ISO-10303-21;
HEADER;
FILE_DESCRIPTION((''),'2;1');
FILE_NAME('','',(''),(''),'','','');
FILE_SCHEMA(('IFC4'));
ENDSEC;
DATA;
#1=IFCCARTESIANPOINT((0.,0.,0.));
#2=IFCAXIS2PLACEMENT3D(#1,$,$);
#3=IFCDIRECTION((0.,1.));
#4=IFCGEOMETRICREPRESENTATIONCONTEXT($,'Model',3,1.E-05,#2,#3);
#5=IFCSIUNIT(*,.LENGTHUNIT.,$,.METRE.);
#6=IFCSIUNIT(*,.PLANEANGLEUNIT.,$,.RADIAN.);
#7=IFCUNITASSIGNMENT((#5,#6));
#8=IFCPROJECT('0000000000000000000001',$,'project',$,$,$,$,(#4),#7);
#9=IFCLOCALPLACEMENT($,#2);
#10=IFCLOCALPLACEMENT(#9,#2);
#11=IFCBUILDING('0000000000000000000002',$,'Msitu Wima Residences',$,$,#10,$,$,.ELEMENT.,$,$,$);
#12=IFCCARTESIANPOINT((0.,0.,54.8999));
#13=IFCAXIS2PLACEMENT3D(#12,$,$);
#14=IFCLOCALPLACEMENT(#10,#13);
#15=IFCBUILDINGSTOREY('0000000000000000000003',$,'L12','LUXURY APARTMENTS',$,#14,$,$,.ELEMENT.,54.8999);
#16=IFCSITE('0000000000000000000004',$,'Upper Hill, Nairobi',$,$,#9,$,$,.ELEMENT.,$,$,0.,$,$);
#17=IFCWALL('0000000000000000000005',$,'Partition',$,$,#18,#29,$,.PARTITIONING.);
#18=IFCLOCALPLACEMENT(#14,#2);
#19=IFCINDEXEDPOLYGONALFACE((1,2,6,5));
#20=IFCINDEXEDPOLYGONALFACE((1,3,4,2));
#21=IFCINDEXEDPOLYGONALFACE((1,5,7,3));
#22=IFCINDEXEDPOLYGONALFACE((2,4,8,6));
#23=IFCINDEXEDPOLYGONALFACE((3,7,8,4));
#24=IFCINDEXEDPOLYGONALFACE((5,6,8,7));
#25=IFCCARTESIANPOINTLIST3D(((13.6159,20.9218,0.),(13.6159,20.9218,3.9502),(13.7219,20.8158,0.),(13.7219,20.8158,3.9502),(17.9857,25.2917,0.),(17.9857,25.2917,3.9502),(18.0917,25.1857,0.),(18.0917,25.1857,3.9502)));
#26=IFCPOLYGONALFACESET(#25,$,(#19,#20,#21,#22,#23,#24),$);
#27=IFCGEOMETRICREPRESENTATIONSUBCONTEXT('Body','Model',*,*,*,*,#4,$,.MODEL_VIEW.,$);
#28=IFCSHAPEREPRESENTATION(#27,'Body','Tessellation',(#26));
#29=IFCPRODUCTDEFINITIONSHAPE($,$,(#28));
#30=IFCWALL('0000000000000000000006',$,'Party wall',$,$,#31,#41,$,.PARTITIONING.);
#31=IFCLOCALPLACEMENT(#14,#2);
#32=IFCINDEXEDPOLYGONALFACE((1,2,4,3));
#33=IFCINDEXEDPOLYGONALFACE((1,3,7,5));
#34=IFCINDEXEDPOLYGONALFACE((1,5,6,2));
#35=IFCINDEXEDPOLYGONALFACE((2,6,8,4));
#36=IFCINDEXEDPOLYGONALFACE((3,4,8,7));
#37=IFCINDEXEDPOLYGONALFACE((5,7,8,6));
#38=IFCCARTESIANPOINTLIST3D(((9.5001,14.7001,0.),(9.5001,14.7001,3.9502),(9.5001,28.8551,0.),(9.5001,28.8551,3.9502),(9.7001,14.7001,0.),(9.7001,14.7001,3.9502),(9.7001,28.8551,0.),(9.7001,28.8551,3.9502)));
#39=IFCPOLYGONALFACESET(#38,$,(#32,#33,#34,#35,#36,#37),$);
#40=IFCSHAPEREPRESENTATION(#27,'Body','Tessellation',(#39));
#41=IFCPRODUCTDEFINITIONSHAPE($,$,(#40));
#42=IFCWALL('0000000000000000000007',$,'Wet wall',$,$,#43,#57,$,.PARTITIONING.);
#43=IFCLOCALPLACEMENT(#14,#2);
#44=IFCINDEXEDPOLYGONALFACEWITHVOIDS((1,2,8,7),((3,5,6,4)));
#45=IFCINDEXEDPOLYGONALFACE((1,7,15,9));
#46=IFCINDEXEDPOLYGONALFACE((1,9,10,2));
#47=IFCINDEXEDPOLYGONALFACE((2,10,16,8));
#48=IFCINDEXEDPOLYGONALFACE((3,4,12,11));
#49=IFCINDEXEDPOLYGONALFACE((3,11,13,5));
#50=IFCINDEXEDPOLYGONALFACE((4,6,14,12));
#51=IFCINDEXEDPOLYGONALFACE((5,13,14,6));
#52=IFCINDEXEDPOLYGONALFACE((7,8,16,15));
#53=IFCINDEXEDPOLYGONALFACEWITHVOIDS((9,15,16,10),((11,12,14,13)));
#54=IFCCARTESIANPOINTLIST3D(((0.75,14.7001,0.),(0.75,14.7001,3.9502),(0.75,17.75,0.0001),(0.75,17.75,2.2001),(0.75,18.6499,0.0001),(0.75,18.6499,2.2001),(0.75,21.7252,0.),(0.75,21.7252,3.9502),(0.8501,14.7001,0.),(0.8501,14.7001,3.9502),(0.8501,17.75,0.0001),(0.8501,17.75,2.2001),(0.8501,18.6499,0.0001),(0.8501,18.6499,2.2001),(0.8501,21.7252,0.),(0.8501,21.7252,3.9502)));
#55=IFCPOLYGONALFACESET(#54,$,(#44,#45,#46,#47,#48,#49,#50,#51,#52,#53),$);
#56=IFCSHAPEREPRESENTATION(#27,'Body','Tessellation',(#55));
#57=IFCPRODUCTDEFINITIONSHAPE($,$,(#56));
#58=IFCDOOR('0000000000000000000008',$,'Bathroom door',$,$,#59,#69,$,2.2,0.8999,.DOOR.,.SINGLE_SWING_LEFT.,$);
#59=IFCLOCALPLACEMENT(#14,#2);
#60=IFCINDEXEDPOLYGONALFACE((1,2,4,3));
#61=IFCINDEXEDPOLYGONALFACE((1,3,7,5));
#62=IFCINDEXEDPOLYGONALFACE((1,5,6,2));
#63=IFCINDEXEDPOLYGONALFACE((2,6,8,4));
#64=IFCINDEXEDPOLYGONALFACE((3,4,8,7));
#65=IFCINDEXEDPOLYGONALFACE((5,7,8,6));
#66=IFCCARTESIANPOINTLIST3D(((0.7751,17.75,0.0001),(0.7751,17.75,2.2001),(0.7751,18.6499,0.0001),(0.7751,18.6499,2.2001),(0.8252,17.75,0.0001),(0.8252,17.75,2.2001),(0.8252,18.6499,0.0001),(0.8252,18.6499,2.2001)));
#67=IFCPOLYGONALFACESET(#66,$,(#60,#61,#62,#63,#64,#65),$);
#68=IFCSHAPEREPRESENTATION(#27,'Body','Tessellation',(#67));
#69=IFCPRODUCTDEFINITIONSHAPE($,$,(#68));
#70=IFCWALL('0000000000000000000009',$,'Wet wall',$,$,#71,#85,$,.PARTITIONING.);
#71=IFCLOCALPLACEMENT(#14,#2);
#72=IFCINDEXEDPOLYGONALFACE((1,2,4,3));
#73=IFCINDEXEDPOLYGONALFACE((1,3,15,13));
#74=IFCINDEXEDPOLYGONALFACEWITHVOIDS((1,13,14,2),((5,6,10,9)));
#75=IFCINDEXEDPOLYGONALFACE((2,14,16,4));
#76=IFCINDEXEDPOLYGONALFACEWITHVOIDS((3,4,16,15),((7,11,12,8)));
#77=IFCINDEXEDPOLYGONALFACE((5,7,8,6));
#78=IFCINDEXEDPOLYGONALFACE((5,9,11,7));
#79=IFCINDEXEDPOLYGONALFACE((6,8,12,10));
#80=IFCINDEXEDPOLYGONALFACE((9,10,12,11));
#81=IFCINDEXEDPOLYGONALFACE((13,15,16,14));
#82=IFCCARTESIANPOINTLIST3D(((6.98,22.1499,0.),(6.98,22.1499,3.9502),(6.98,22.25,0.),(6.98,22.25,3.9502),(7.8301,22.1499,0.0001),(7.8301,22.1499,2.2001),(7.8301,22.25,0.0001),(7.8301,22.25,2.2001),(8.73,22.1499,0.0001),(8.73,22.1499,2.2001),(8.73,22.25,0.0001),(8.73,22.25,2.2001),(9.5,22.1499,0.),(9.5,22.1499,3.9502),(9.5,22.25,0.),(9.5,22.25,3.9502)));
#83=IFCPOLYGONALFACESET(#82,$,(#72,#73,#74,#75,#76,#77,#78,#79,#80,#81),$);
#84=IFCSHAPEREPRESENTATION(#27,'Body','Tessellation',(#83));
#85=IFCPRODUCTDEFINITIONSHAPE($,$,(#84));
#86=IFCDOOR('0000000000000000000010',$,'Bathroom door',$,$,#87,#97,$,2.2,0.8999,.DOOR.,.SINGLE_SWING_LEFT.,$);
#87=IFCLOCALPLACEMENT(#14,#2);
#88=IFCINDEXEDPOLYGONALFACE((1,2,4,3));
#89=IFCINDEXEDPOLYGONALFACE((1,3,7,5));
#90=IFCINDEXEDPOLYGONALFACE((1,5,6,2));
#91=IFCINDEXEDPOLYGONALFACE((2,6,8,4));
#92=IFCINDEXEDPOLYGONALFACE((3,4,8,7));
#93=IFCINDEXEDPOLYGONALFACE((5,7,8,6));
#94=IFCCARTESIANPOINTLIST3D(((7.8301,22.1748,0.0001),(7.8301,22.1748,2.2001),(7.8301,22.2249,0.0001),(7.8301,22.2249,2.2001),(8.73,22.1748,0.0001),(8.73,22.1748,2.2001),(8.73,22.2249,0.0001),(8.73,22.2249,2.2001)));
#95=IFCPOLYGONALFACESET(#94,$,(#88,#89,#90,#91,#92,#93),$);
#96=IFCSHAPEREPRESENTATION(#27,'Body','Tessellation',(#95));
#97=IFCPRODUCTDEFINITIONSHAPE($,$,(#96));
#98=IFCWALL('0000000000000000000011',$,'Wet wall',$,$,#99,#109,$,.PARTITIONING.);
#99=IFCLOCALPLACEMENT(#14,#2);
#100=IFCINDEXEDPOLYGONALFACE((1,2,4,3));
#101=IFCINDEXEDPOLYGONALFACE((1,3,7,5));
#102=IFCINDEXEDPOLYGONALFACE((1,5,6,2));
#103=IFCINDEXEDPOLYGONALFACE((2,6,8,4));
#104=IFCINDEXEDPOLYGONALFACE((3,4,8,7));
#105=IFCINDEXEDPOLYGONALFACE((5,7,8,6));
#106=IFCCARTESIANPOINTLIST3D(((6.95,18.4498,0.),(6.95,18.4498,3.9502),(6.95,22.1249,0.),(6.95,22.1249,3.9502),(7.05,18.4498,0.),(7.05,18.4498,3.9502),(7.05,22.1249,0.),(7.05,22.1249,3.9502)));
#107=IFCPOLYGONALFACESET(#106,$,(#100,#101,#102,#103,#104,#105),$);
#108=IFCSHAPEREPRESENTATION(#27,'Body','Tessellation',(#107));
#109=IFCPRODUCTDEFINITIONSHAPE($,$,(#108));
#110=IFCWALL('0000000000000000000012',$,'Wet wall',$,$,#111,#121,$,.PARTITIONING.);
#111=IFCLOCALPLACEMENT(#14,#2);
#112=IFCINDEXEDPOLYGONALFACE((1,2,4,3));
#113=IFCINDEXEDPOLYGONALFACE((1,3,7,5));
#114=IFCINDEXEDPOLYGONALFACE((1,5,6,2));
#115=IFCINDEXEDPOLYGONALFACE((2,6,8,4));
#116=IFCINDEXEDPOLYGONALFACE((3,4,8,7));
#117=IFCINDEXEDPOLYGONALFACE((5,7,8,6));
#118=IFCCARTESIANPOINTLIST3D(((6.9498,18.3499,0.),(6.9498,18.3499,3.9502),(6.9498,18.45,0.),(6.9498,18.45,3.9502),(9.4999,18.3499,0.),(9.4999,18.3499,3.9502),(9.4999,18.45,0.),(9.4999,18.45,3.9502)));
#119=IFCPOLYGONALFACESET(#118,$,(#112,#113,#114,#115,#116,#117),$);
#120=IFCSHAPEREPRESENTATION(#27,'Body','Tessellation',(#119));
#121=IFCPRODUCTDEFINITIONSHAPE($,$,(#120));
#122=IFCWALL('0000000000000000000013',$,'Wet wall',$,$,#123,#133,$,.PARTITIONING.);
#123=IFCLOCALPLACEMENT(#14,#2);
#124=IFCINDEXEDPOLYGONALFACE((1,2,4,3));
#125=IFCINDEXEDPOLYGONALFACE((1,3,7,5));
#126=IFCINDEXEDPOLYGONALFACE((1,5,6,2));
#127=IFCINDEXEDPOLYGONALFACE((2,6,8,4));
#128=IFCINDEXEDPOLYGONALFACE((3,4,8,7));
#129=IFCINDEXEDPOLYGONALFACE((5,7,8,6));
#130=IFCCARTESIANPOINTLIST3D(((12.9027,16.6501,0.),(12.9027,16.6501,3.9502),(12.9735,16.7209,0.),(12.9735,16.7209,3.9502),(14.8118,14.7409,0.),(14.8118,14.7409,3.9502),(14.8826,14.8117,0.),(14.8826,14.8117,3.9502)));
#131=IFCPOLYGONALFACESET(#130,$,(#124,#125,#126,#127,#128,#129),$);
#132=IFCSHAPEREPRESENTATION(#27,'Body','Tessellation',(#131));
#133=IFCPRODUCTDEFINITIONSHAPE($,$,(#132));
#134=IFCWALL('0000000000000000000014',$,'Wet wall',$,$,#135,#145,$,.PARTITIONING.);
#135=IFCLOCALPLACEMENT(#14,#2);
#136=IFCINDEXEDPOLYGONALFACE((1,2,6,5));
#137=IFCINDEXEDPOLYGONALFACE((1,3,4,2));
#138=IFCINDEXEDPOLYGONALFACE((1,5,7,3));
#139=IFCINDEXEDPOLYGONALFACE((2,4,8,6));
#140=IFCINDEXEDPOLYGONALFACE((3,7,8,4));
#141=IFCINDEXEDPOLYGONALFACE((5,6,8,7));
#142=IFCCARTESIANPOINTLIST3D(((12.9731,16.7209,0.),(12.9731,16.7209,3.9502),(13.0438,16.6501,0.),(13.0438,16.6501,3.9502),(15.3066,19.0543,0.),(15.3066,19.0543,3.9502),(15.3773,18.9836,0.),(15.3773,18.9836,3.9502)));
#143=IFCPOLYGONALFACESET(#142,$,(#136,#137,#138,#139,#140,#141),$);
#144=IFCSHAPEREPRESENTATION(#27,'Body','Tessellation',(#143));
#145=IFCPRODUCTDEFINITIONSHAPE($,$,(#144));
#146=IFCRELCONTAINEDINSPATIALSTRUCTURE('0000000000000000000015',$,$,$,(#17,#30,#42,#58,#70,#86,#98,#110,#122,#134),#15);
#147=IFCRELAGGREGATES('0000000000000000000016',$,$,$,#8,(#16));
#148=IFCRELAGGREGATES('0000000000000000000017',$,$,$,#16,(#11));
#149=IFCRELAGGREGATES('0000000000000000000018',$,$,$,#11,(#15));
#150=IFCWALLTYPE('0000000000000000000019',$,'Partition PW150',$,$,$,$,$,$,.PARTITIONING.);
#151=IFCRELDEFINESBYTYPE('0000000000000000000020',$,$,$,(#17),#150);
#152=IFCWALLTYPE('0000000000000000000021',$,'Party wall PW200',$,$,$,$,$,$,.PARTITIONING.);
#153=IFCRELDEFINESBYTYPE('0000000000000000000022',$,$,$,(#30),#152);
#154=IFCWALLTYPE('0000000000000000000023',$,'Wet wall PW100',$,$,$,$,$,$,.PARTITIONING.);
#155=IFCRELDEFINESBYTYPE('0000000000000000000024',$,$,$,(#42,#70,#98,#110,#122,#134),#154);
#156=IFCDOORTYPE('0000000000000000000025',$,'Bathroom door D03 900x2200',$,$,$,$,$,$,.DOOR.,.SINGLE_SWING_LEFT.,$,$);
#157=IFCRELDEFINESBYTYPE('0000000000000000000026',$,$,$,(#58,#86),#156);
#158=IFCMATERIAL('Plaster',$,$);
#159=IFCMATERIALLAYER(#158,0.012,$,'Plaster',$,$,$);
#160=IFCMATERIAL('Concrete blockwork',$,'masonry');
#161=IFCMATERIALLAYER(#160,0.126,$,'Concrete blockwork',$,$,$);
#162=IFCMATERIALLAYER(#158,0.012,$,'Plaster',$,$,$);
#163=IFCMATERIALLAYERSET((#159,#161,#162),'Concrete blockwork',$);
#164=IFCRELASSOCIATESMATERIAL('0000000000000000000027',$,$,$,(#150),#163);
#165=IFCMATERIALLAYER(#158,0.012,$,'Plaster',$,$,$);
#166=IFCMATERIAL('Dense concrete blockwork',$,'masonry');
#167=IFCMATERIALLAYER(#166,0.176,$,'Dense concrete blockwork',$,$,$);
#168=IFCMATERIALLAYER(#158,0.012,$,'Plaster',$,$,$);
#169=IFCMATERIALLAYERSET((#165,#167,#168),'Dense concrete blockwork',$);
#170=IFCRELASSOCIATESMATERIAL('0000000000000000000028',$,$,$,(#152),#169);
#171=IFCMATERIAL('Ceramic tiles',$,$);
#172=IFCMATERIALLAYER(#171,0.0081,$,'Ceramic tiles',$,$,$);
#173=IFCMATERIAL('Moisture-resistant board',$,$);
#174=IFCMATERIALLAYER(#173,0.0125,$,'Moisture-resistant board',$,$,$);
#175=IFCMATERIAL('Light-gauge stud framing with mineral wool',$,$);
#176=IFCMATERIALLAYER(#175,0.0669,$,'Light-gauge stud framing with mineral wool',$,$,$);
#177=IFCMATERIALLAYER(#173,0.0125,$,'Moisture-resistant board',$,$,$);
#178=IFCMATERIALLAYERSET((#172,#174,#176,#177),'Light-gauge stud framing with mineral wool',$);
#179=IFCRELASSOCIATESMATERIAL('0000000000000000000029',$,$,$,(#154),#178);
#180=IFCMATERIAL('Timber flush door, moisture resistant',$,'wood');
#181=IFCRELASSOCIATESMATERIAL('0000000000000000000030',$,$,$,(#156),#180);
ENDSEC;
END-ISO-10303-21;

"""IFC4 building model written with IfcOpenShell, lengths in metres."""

from ifc_helpers import new_model, si_unit, direction, frame, frame_2d, origin, place, context, subcontext, project, spatial, rectangle, extrude, material, layer, layer_set, type_object, element, fill, save


model = new_model("IFC4")

# Units and contexts
model_context = context("Model", 3, precision=1e-05, world=origin(), true_north=direction((0.0, 1.0)))
body_context = subcontext(model_context, "Body", "Model", "MODEL_VIEW")
ifc_project = project(units=[si_unit("LENGTHUNIT", "METRE"), si_unit("PLANEANGLEUNIT", "RADIAN")], contexts=[model_context])

# Site, building, storey
site_placement = place(None, origin())
site = spatial("IfcSite", under=ifc_project, at=site_placement, Name="Upper Hill, Nairobi", CompositionType="ELEMENT", RefElevation=0.0)
building_placement = place(site_placement, origin())
building = spatial("IfcBuilding", under=site, at=building_placement, Name="Msitu Wima Residences", CompositionType="ELEMENT")
storey_placement = place(building_placement, frame((0.0, 0.0, 54.8999)))
storey = spatial("IfcBuildingStorey", under=building, at=storey_placement, Name="L12", Description="LUXURY APARTMENTS", CompositionType="ELEMENT", Elevation=54.8999)

# Shared definitions
ifc_material_1 = material(Name="Plaster")
ifc_layer_1 = layer(ifc_material_1, 0.012, Name="Plaster")
ifc_material_2 = material(Name="Concrete blockwork", Category="masonry")
ifc_layer_2 = layer(ifc_material_2, 0.126, Name="Concrete blockwork")
ifc_layer_3 = layer(ifc_material_1, 0.012, Name="Plaster")
ifc_layer_set_1 = layer_set([ifc_layer_1, ifc_layer_2, ifc_layer_3], Name="Concrete blockwork")
wall_type_1 = type_object("IfcWallType", Name="Partition PW150", PredefinedType="PARTITIONING", material=ifc_layer_set_1)

# Walls
wall_1_placement = place(storey_placement, frame((13.6689, 20.8689, 0.0), z_axis=(0.0, 0.0, 1.0), x_axis=(0.707107, 0.707107, 0.0)))
element("IfcWall", 1, at=wall_1_placement, inside=storey, type_object=wall_type_1, Name="Partition", PredefinedType="PARTITIONING", context=body_context, shape_type="SweptSolid", body=[
    extrude(rectangle(XDim=6.1799, YDim=0.1499, at=frame_2d((3.0898, 0.0))), origin(), (0.0, 0.0, 1.0), 3.9502),
])
ifc_layer_4 = layer(ifc_material_1, 0.012, Name="Plaster")
ifc_material_3 = material(Name="Dense concrete blockwork", Category="masonry")
ifc_layer_5 = layer(ifc_material_3, 0.176, Name="Dense concrete blockwork")
ifc_layer_6 = layer(ifc_material_1, 0.012, Name="Plaster")
ifc_layer_set_2 = layer_set([ifc_layer_4, ifc_layer_5, ifc_layer_6], Name="Dense concrete blockwork")
wall_type_2 = type_object("IfcWallType", Name="Party wall PW200", PredefinedType="PARTITIONING", material=ifc_layer_set_2)
wall_2_placement = place(storey_placement, frame((9.6001, 14.7, 0.0), z_axis=(0.0, 0.0, 1.0), x_axis=(0.0, 1.0, 0.0)))
element("IfcWall", 2, at=wall_2_placement, inside=storey, type_object=wall_type_2, Name="Party wall", PredefinedType="PARTITIONING", context=body_context, shape_type="SweptSolid", body=[
    extrude(rectangle(XDim=14.155, YDim=0.2, at=frame_2d((7.0776, 0.0))), origin(), (0.0, 0.0, 1.0), 3.9502),
])

# Walls, openings, doors
ifc_material_4 = material(Name="Ceramic tiles")
ifc_layer_7 = layer(ifc_material_4, 0.0081, Name="Ceramic tiles")
ifc_material_5 = material(Name="Moisture-resistant board")
ifc_layer_8 = layer(ifc_material_5, 0.0125, Name="Moisture-resistant board")
ifc_material_6 = material(Name="Light-gauge stud framing with mineral wool")
ifc_layer_9 = layer(ifc_material_6, 0.0669, Name="Light-gauge stud framing with mineral wool")
ifc_layer_10 = layer(ifc_material_5, 0.0125, Name="Moisture-resistant board")
ifc_layer_set_3 = layer_set([ifc_layer_7, ifc_layer_8, ifc_layer_9, ifc_layer_10], Name="Light-gauge stud framing with mineral wool")
wall_type_3 = type_object("IfcWallType", Name="Wet wall PW100", PredefinedType="PARTITIONING", material=ifc_layer_set_3)
wall_3_placement = place(storey_placement, frame((0.8, 14.7, 0.0), z_axis=(0.0, 0.0, 1.0), x_axis=(0.0, 1.0, 0.0)))
wall_3 = element("IfcWall", 3, at=wall_3_placement, inside=storey, type_object=wall_type_3, Name="Wet wall", PredefinedType="PARTITIONING", context=body_context, shape_type="SweptSolid", body=[
    extrude(rectangle(XDim=7.0251, YDim=0.1001, at=frame_2d((3.5127, 0.0))), origin(), (0.0, 0.0, 1.0), 3.9502),
])
opening_1_placement = place(wall_3_placement, frame((3.05, 0.0, 0.0)))
opening_1 = element("IfcOpeningElement", 4, at=opening_1_placement, cuts=wall_3, PredefinedType="OPENING", context=body_context, shape_type="SweptSolid", body=[
    extrude(rectangle(XDim=0.8999, YDim=2.2, at=frame_2d((0.45, 1.1001))), frame((0.0, 0.0601, 0.0), z_axis=(0.0, -1.0, 0.0), x_axis=(1.0, 0.0, 0.0)), (0.0, 0.0, 1.0), 0.1201),
])
ifc_material_7 = material(Name="Timber flush door, moisture resistant", Category="wood")
door_type_1 = type_object("IfcDoorType", Name="Bathroom door D03 900x2200", OperationType="SINGLE_SWING_LEFT", PredefinedType="DOOR", material=ifc_material_7)
door_1_placement = place(opening_1_placement, origin())
door_1 = element("IfcDoor", 5, at=door_1_placement, inside=storey, type_object=door_type_1, Name="Bathroom door", OperationType="SINGLE_SWING_LEFT", OverallHeight=2.2, OverallWidth=0.8999, PredefinedType="DOOR", context=body_context, shape_type="SweptSolid", body=[
    extrude(rectangle(XDim=0.8999, YDim=2.2, at=frame_2d((0.45, 1.1001))), frame((0.0, 0.0249, 0.0), z_axis=(0.0, -1.0, 0.0), x_axis=(1.0, 0.0, 0.0)), (0.0, 0.0, 1.0), 0.05),
])
fill(opening_1, door_1)
wall_4_placement = place(storey_placement, frame((6.98, 22.2, 0.0), z_axis=(0.0, 0.0, 1.0), x_axis=(1.0, 0.0, 0.0)))
wall_4 = element("IfcWall", 6, at=wall_4_placement, inside=storey, type_object=wall_type_3, Name="Wet wall", PredefinedType="PARTITIONING", context=body_context, shape_type="SweptSolid", body=[
    extrude(rectangle(XDim=2.52, YDim=0.1001, at=frame_2d((1.26, 0.0))), origin(), (0.0, 0.0, 1.0), 3.9502),
])
opening_2_placement = place(wall_4_placement, frame((0.8501, 0.0, 0.0)))
opening_2 = element("IfcOpeningElement", 7, at=opening_2_placement, cuts=wall_4, PredefinedType="OPENING", context=body_context, shape_type="SweptSolid", body=[
    extrude(rectangle(XDim=0.8999, YDim=2.2, at=frame_2d((0.45, 1.1001))), frame((0.0, 0.0601, 0.0), z_axis=(0.0, -1.0, 0.0), x_axis=(1.0, 0.0, 0.0)), (0.0, 0.0, 1.0), 0.1201),
])
door_2_placement = place(opening_2_placement, origin())
door_2 = element("IfcDoor", 8, at=door_2_placement, inside=storey, type_object=door_type_1, Name="Bathroom door", OperationType="SINGLE_SWING_LEFT", OverallHeight=2.2, OverallWidth=0.8999, PredefinedType="DOOR", context=body_context, shape_type="SweptSolid", body=[
    extrude(rectangle(XDim=0.8999, YDim=2.2, at=frame_2d((0.45, 1.1001))), frame((0.0, 0.0249, 0.0), z_axis=(0.0, -1.0, 0.0), x_axis=(1.0, 0.0, 0.0)), (0.0, 0.0, 1.0), 0.05),
])
fill(opening_2, door_2)

# Walls
wall_5_placement = place(storey_placement, frame((7.0, 18.45, 0.0), z_axis=(0.0, 0.0, 1.0), x_axis=(0.0, 1.0, 0.0)))
element("IfcWall", 9, at=wall_5_placement, inside=storey, type_object=wall_type_3, Name="Wet wall", PredefinedType="PARTITIONING", context=body_context, shape_type="SweptSolid", body=[
    extrude(rectangle(XDim=3.675, YDim=0.1001, at=frame_2d((1.8374, 0.0))), origin(), (0.0, 0.0, 1.0), 3.9502),
])
wall_6_placement = place(storey_placement, frame((6.95, 18.3999, 0.0), z_axis=(0.0, 0.0, 1.0), x_axis=(1.0, 0.0, 0.0)))
element("IfcWall", 10, at=wall_6_placement, inside=storey, type_object=wall_type_3, Name="Wet wall", PredefinedType="PARTITIONING", context=body_context, shape_type="SweptSolid", body=[
    extrude(rectangle(XDim=2.55, YDim=0.1001, at=frame_2d((1.2749, 0.0))), origin(), (0.0, 0.0, 1.0), 3.9502),
])
wall_7_placement = place(storey_placement, frame((12.938, 16.6855, 0.0), z_axis=(0.0, 0.0, 1.0), x_axis=(0.707107, -0.707107, 0.0)))
element("IfcWall", 11, at=wall_7_placement, inside=storey, type_object=wall_type_3, Name="Wet wall", PredefinedType="PARTITIONING", context=body_context, shape_type="SweptSolid", body=[
    extrude(rectangle(XDim=2.7, YDim=0.1001, at=frame_2d((1.3501, 0.0))), origin(), (0.0, 0.0, 1.0), 3.9502),
])
wall_8_placement = place(storey_placement, frame((13.0085, 16.6855, 0.0), z_axis=(0.0, 0.0, 1.0), x_axis=(0.707107, 0.707107, 0.0)))
element("IfcWall", 12, at=wall_8_placement, inside=storey, type_object=wall_type_3, Name="Wet wall", PredefinedType="PARTITIONING", context=body_context, shape_type="SweptSolid", body=[
    extrude(rectangle(XDim=3.3, YDim=0.1001, at=frame_2d((1.6499, 0.0))), origin(), (0.0, 0.0, 1.0), 3.9502),
])

save(model, "model.ifc")
